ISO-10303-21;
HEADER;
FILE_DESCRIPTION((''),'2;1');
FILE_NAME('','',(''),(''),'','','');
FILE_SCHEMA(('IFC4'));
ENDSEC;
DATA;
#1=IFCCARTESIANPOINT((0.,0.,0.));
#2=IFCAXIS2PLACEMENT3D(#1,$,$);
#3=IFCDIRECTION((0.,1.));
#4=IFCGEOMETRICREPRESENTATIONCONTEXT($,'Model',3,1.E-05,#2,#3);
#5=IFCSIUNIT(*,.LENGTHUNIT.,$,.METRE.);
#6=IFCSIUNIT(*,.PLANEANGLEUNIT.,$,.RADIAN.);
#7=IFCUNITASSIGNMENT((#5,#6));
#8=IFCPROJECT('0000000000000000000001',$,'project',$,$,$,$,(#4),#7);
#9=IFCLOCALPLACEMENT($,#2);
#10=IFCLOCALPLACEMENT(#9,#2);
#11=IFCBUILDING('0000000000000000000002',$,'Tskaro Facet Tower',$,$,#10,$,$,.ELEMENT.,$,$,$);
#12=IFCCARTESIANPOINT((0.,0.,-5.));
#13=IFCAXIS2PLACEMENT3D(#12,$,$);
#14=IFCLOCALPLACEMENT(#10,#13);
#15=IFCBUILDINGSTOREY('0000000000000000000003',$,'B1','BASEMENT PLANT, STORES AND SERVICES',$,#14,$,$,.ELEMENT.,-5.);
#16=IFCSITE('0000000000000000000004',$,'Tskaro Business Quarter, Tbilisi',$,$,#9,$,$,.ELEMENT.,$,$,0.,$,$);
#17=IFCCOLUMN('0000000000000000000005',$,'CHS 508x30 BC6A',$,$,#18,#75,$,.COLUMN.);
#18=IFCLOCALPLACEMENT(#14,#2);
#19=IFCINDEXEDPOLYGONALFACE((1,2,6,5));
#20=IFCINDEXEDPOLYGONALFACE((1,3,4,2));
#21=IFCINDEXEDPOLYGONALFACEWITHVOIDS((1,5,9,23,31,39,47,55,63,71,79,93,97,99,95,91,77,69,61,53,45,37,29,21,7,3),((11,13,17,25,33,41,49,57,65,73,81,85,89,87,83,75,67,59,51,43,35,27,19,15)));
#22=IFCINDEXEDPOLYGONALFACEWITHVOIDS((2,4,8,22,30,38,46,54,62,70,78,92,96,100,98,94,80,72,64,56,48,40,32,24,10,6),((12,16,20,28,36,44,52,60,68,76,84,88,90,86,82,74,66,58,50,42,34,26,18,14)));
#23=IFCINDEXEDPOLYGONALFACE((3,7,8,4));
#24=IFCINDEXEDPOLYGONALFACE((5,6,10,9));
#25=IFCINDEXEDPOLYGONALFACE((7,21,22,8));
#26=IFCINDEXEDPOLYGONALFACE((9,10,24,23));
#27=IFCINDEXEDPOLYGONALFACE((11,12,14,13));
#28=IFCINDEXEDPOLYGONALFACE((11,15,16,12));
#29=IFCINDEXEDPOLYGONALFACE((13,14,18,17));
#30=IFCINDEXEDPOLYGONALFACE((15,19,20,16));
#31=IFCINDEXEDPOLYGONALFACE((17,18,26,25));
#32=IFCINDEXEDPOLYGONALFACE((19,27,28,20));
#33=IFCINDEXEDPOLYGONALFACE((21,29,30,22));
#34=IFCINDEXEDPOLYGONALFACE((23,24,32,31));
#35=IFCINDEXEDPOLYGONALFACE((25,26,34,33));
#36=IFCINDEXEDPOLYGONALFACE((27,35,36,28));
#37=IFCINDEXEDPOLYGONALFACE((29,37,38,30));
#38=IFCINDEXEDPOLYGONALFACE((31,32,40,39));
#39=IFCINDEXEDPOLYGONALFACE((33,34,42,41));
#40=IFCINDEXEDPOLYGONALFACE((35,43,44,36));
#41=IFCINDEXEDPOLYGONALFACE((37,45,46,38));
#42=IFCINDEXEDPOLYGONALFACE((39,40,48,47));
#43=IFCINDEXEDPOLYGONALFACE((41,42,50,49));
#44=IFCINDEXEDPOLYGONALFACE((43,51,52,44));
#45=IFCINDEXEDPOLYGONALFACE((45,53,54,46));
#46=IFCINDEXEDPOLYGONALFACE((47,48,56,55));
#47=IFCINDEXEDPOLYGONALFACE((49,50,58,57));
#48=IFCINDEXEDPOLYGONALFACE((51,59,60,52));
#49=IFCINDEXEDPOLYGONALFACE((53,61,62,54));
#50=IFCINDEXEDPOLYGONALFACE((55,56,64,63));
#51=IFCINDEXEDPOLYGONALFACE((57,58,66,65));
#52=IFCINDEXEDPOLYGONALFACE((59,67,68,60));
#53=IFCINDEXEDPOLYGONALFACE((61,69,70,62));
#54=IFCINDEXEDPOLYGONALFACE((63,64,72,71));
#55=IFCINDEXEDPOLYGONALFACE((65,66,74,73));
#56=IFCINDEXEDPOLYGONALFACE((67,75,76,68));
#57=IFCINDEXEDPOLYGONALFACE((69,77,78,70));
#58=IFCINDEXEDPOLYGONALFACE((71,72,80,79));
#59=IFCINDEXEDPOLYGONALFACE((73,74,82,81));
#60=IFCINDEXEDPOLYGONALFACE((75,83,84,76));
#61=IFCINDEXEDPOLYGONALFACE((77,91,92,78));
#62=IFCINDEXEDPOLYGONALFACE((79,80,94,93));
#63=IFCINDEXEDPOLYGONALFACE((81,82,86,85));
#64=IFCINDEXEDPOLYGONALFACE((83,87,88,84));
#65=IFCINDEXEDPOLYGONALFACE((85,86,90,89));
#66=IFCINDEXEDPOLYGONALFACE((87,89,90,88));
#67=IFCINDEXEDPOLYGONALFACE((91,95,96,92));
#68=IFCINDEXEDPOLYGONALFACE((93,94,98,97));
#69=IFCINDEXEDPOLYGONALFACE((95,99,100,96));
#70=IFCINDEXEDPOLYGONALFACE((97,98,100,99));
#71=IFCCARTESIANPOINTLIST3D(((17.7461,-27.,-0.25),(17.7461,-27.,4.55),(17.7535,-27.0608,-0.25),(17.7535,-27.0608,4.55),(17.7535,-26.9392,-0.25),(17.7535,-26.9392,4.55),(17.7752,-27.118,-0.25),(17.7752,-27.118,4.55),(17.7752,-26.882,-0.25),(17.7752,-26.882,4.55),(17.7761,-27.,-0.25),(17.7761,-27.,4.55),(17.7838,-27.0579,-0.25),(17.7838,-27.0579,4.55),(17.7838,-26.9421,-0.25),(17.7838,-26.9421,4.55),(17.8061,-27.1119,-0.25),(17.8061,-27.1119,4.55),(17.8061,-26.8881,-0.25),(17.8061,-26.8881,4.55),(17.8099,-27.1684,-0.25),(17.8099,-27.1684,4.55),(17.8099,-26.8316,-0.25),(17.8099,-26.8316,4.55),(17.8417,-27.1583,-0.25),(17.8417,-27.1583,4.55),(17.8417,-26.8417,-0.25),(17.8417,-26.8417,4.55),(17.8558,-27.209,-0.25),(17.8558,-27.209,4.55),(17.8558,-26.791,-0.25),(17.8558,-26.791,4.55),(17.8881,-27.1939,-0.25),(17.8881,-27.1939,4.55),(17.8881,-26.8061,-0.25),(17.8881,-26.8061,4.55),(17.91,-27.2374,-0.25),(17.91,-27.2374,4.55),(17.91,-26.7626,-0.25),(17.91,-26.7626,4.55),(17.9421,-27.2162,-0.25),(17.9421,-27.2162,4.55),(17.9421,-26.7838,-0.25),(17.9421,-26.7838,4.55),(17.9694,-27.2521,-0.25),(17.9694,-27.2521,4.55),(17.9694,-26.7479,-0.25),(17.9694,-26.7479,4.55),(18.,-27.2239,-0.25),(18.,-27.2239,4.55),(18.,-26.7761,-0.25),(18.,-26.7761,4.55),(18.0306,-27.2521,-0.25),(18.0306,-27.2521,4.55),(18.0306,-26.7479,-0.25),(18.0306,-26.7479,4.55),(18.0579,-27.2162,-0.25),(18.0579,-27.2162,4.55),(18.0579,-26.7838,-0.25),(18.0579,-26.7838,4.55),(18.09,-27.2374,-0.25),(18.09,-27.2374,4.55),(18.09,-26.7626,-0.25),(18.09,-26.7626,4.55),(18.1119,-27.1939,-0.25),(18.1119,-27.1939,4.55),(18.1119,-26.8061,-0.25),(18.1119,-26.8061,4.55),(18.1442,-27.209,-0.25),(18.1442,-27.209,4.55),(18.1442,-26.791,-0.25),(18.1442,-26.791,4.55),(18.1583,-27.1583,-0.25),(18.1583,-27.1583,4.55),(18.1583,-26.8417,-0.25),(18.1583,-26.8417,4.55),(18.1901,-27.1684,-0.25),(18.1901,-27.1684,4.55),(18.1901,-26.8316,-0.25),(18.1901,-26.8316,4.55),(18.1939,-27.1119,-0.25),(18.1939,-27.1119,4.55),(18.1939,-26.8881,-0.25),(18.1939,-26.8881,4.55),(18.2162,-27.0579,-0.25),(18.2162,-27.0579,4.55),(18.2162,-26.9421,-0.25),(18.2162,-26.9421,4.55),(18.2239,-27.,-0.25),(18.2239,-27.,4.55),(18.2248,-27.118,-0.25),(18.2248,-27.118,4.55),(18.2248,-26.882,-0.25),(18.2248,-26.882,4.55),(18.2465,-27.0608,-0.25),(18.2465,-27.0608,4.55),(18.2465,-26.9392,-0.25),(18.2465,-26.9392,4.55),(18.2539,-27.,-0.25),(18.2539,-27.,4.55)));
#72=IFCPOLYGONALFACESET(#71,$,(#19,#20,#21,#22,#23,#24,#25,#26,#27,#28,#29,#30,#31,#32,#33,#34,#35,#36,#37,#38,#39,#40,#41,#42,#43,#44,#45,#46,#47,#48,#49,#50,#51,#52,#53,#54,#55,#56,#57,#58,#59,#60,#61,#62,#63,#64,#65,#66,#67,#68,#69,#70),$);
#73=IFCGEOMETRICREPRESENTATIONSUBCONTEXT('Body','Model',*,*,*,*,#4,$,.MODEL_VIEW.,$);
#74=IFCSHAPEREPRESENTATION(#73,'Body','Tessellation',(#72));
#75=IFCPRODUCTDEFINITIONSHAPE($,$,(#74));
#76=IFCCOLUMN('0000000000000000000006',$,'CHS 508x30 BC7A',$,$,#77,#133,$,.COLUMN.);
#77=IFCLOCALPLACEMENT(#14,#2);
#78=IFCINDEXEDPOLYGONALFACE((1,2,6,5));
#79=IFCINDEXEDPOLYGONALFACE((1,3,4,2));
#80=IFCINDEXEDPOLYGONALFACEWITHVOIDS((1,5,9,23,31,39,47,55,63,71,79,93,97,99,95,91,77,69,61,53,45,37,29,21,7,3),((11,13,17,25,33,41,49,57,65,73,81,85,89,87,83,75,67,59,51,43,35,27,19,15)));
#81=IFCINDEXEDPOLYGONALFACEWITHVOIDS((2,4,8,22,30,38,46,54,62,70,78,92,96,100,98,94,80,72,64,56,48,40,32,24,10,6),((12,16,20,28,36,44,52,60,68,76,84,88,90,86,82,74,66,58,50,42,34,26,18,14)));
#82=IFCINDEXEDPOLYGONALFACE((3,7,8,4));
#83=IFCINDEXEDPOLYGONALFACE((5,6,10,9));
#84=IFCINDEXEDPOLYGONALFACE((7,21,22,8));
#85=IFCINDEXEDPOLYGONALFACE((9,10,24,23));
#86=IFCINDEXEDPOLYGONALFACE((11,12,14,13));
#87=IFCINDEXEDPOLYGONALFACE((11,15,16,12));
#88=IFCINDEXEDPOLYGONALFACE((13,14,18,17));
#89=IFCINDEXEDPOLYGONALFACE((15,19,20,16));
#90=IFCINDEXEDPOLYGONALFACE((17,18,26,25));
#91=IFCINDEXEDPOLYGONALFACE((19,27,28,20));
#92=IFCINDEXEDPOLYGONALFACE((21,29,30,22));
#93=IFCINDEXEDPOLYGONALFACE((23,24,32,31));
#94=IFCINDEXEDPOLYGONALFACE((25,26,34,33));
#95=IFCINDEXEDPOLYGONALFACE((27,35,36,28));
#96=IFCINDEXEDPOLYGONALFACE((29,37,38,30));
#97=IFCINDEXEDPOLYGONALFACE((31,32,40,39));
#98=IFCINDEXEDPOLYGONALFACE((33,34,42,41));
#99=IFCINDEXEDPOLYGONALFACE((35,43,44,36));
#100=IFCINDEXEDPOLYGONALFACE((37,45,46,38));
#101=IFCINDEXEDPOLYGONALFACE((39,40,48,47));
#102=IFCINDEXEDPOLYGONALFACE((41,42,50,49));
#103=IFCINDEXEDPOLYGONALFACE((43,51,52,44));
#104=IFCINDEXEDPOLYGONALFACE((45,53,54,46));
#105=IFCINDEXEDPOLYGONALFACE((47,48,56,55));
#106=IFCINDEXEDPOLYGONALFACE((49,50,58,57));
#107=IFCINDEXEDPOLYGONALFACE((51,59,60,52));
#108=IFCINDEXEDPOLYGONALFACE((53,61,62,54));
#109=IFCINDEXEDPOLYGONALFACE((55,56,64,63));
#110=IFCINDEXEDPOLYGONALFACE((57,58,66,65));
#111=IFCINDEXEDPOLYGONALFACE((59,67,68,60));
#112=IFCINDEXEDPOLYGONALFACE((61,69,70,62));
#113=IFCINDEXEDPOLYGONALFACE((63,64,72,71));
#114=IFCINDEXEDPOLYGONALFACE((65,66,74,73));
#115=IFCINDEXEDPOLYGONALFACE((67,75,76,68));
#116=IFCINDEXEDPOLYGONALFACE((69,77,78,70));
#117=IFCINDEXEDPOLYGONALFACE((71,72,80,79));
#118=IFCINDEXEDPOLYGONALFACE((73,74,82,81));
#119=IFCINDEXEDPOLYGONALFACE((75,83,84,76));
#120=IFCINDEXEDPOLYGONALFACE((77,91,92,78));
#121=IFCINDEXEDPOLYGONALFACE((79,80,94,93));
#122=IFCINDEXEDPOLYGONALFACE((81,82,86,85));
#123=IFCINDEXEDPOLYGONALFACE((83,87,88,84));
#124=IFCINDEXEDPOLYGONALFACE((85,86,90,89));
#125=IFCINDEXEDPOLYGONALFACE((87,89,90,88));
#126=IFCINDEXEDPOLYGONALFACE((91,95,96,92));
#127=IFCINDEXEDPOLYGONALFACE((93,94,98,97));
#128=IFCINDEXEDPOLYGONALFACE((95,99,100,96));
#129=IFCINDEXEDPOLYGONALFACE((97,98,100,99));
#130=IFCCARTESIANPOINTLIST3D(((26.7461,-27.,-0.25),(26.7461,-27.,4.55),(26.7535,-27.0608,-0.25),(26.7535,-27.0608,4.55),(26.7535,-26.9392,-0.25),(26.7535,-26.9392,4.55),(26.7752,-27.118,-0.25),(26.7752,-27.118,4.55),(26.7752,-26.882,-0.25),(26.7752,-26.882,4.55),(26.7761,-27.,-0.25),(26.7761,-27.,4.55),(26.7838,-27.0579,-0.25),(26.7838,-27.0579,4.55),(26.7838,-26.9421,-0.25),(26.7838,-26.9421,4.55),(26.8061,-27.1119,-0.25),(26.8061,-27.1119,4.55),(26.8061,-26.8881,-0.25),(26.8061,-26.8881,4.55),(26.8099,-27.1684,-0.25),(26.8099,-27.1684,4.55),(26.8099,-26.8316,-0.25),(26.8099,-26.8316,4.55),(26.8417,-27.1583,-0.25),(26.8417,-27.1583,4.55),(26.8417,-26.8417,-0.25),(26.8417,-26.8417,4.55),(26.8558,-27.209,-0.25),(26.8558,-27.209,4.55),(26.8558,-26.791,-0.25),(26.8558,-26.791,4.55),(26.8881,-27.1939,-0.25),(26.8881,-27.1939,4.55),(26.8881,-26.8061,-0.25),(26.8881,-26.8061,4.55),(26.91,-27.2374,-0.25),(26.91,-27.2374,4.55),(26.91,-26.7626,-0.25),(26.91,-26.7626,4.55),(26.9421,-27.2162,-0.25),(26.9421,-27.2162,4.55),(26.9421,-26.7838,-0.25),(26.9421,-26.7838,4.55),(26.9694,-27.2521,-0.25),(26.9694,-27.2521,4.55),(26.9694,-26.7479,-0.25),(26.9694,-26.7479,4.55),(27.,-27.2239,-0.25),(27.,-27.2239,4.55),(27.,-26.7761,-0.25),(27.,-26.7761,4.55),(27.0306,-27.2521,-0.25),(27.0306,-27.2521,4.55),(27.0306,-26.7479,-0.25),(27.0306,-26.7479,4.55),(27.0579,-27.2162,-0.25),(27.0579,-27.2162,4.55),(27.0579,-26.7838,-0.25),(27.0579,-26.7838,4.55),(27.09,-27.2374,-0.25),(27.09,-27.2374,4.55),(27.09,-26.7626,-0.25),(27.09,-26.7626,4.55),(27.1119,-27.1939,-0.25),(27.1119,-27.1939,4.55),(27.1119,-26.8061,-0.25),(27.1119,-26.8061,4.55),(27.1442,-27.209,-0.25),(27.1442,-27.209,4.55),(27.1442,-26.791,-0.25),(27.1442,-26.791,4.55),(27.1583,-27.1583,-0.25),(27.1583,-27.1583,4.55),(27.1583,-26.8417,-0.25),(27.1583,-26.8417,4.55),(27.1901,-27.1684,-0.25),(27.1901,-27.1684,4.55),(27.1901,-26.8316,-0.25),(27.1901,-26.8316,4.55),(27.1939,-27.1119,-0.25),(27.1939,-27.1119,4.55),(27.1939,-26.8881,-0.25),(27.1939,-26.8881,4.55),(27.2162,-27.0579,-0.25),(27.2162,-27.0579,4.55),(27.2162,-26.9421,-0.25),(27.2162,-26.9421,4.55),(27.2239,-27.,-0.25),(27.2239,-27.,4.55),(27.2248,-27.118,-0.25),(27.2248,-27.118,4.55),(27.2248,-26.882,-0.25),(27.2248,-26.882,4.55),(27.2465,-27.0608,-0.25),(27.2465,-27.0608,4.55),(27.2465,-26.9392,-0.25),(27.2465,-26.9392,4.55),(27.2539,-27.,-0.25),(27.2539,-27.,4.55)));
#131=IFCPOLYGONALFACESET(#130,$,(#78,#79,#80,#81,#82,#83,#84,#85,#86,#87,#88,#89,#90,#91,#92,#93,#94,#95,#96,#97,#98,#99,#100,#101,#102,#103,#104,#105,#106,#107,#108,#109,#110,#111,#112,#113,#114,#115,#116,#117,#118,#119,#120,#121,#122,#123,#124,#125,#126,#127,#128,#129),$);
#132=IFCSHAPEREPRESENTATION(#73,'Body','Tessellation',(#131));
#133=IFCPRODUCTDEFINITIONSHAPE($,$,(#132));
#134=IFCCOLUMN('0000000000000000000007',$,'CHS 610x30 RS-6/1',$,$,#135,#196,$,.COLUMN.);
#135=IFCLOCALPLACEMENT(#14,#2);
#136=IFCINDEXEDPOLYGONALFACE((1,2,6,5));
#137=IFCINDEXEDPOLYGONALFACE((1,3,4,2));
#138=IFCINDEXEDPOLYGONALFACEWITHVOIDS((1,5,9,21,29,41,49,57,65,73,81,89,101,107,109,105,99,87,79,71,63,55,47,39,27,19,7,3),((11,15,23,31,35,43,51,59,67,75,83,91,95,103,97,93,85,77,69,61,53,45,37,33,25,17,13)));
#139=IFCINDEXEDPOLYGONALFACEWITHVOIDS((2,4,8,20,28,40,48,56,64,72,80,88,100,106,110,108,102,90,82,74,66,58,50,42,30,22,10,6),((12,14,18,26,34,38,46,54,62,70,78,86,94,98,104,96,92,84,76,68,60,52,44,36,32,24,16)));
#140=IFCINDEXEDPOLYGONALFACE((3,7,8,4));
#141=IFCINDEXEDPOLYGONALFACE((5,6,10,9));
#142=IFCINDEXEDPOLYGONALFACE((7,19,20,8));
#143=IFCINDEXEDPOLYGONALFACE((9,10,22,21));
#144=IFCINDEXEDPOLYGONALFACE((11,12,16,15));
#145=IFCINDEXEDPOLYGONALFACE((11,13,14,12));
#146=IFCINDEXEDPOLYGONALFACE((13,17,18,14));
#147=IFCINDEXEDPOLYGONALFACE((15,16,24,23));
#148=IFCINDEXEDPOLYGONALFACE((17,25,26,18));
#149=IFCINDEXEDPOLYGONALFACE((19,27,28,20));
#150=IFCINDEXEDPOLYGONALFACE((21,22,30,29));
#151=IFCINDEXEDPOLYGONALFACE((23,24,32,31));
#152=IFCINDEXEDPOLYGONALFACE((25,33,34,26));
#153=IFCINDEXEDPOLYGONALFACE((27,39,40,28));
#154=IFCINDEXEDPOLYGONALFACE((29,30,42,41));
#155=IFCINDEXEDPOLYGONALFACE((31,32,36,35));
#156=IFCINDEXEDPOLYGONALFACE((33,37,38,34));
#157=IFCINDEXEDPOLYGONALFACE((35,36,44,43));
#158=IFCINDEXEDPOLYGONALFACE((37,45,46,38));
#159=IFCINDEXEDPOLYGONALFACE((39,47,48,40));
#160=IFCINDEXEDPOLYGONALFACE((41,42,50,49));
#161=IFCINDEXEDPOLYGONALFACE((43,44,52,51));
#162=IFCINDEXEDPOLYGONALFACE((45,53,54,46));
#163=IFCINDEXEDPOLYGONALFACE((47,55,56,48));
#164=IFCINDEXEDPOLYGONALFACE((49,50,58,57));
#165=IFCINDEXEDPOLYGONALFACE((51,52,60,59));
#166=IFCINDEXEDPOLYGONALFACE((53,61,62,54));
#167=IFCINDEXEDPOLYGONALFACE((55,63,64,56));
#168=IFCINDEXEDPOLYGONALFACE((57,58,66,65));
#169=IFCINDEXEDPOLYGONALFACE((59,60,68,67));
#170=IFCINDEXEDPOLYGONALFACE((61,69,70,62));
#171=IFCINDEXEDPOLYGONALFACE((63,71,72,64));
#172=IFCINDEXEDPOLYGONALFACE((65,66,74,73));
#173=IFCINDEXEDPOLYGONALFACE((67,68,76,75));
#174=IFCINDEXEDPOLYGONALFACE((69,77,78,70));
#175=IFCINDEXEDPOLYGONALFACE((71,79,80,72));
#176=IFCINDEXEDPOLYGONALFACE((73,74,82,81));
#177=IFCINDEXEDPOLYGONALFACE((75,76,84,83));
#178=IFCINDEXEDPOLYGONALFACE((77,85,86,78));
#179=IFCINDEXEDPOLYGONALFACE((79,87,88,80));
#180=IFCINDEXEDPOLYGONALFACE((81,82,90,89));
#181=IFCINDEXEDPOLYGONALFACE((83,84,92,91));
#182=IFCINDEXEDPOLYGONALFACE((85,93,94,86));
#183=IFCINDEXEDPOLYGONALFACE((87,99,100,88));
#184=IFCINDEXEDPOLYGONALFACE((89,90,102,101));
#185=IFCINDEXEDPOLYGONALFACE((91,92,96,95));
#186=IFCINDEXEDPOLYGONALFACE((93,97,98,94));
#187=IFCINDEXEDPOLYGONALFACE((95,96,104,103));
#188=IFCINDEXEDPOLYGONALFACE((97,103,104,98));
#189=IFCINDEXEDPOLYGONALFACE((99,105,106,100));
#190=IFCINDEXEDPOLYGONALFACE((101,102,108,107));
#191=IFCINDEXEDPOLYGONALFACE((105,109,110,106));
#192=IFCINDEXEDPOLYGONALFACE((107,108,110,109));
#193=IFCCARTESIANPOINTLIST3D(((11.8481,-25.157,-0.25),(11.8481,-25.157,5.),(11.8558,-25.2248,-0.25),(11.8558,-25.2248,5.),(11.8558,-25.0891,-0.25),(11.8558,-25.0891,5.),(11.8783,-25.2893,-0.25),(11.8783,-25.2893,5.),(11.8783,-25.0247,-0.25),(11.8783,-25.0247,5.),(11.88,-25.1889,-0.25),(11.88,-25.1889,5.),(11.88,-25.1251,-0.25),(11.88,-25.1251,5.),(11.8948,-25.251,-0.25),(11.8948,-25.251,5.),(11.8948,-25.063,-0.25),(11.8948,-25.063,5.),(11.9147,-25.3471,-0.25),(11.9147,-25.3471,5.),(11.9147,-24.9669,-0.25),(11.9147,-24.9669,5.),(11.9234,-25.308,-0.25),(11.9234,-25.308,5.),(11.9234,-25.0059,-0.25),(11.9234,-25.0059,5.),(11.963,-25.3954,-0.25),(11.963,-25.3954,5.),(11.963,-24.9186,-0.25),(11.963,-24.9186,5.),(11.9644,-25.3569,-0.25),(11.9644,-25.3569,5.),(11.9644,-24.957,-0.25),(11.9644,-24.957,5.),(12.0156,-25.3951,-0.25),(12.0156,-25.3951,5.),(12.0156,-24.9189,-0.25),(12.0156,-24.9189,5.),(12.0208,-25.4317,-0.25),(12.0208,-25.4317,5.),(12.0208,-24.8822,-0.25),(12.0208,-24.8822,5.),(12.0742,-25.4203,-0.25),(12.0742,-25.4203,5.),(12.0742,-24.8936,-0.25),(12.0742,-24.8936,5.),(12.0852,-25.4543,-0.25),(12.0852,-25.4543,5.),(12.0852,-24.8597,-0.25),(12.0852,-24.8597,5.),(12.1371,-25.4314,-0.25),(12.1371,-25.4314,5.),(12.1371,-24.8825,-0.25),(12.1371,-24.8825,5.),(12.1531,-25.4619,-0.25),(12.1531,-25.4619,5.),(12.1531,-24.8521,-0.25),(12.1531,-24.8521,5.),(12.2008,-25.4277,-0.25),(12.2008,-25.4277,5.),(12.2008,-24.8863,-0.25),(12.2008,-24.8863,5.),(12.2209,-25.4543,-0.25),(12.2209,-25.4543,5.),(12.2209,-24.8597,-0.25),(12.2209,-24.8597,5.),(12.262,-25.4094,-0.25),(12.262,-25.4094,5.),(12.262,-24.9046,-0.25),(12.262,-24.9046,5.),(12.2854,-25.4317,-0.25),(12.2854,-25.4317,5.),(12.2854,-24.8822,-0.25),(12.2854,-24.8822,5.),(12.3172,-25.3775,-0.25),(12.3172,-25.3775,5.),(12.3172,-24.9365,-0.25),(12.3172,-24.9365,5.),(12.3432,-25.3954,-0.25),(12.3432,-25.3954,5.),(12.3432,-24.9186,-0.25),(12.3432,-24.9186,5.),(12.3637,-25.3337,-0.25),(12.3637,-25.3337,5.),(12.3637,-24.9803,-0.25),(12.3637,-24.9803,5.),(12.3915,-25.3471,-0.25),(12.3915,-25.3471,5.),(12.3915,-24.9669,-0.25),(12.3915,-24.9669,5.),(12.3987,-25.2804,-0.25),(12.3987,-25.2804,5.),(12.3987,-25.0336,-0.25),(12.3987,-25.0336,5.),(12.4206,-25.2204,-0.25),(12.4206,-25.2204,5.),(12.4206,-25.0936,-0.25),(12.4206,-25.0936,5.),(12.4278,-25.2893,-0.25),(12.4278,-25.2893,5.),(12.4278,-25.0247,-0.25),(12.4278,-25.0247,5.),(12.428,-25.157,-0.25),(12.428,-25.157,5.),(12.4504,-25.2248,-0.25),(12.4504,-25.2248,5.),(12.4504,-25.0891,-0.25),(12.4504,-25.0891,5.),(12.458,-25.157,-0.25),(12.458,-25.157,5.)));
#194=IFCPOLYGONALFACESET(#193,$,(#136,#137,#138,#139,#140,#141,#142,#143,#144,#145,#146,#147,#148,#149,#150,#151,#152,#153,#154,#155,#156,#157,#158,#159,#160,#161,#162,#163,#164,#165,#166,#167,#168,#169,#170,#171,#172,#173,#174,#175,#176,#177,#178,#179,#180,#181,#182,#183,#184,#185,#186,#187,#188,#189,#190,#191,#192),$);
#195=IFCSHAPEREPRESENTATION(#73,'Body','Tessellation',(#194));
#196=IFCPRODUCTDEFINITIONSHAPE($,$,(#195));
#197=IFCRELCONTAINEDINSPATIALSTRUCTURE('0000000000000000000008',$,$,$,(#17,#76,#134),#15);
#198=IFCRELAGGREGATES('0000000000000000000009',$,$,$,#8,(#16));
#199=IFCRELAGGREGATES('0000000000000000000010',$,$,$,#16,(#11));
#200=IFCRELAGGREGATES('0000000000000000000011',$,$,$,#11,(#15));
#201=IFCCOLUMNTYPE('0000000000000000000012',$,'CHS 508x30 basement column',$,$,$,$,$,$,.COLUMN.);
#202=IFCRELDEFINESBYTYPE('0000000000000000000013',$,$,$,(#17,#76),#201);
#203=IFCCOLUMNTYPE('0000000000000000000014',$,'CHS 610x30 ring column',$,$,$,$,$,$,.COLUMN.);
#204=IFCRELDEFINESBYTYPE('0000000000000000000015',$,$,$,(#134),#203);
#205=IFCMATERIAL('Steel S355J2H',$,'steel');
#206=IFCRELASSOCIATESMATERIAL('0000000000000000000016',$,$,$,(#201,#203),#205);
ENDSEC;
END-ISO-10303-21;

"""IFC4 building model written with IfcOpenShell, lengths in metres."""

from ifc_helpers import new_model, si_unit, direction, frame, origin, origin_2d, place, context, subcontext, project, spatial, hollow_circle, extrude, material, material_profile, profile_set, type_object, element, save


model = new_model("IFC4")

# Units and contexts
model_context = context("Model", 3, precision=1e-05, world=origin(), true_north=direction((0.0, 1.0)))
body_context = subcontext(model_context, "Body", "Model", "MODEL_VIEW")
ifc_project = project(units=[si_unit("LENGTHUNIT", "METRE"), si_unit("PLANEANGLEUNIT", "RADIAN")], contexts=[model_context])

# Site, building, storey
site_placement = place(None, origin())
site = spatial("IfcSite", under=ifc_project, at=site_placement, Name="Tskaro Business Quarter, Tbilisi", CompositionType="ELEMENT", RefElevation=0.0)
building_placement = place(site_placement, origin())
building = spatial("IfcBuilding", under=site, at=building_placement, Name="Tskaro Facet Tower", CompositionType="ELEMENT")
storey_placement = place(building_placement, frame((0.0, 0.0, -5.0)))
storey = spatial("IfcBuildingStorey", under=building, at=storey_placement, Name="B1", Description="BASEMENT PLANT, STORES AND SERVICES", CompositionType="ELEMENT", Elevation=-5.0)

# Columns
ifc_material_1 = material(Name="Steel S355J2H", Category="steel")
ifc_material_profile_1 = material_profile(ifc_material_1, hollow_circle(Radius=0.2539, WallThickness=0.03, at=origin_2d()), Name="CHS 508x30")
ifc_profile_set_1 = profile_set([ifc_material_profile_1], Name="Steel S355J2H")
column_type_1 = type_object("IfcColumnType", Name="CHS 508x30 basement column", PredefinedType="COLUMN", material=ifc_profile_set_1)
for number, where, z_axis, x_axis, name in (
    (1, (18.0, -27.0, -0.25), (0.0, 0.0, 1.0), (1.0, 0.0, 0.0), "CHS 508x30 BC6A"),
    (2, (27.0, -27.0, -0.25), (0.0, 0.0, 1.0), (1.0, 0.0, 0.0), "CHS 508x30 BC7A"),
):
    element("IfcColumn", number, at=place(storey_placement, frame(where, z_axis=z_axis, x_axis=x_axis)), inside=storey, type_object=column_type_1, Name=name, PredefinedType="COLUMN", context=body_context, shape_type="SweptSolid", body=[
        extrude(hollow_circle(Radius=0.2539, WallThickness=0.03, at=origin_2d()), origin(), (0.0, 0.0, 1.0), 4.8),
    ])
ifc_material_profile_2 = material_profile(ifc_material_1, hollow_circle(Radius=0.3049, WallThickness=0.03, at=origin_2d()), Name="CHS 610x30")
ifc_profile_set_2 = profile_set([ifc_material_profile_2], Name="Steel S355J2H")
column_type_2 = type_object("IfcColumnType", Name="CHS 610x30 ring column", PredefinedType="COLUMN", material=ifc_profile_set_2)
for number, where, z_axis, x_axis, name in (
    (3, (12.1531, -25.157, -0.25), (0.0, 0.0, 1.0), (1.0, 0.0, 0.0), "CHS 610x30 RS-6/1"),
):
    element("IfcColumn", number, at=place(storey_placement, frame(where, z_axis=z_axis, x_axis=x_axis)), inside=storey, type_object=column_type_2, Name=name, PredefinedType="COLUMN", context=body_context, shape_type="SweptSolid", body=[
        extrude(hollow_circle(Radius=0.3049, WallThickness=0.03, at=origin_2d()), origin(), (0.0, 0.0, 1.0), 5.25),
    ])

save(model, "model.ifc")
